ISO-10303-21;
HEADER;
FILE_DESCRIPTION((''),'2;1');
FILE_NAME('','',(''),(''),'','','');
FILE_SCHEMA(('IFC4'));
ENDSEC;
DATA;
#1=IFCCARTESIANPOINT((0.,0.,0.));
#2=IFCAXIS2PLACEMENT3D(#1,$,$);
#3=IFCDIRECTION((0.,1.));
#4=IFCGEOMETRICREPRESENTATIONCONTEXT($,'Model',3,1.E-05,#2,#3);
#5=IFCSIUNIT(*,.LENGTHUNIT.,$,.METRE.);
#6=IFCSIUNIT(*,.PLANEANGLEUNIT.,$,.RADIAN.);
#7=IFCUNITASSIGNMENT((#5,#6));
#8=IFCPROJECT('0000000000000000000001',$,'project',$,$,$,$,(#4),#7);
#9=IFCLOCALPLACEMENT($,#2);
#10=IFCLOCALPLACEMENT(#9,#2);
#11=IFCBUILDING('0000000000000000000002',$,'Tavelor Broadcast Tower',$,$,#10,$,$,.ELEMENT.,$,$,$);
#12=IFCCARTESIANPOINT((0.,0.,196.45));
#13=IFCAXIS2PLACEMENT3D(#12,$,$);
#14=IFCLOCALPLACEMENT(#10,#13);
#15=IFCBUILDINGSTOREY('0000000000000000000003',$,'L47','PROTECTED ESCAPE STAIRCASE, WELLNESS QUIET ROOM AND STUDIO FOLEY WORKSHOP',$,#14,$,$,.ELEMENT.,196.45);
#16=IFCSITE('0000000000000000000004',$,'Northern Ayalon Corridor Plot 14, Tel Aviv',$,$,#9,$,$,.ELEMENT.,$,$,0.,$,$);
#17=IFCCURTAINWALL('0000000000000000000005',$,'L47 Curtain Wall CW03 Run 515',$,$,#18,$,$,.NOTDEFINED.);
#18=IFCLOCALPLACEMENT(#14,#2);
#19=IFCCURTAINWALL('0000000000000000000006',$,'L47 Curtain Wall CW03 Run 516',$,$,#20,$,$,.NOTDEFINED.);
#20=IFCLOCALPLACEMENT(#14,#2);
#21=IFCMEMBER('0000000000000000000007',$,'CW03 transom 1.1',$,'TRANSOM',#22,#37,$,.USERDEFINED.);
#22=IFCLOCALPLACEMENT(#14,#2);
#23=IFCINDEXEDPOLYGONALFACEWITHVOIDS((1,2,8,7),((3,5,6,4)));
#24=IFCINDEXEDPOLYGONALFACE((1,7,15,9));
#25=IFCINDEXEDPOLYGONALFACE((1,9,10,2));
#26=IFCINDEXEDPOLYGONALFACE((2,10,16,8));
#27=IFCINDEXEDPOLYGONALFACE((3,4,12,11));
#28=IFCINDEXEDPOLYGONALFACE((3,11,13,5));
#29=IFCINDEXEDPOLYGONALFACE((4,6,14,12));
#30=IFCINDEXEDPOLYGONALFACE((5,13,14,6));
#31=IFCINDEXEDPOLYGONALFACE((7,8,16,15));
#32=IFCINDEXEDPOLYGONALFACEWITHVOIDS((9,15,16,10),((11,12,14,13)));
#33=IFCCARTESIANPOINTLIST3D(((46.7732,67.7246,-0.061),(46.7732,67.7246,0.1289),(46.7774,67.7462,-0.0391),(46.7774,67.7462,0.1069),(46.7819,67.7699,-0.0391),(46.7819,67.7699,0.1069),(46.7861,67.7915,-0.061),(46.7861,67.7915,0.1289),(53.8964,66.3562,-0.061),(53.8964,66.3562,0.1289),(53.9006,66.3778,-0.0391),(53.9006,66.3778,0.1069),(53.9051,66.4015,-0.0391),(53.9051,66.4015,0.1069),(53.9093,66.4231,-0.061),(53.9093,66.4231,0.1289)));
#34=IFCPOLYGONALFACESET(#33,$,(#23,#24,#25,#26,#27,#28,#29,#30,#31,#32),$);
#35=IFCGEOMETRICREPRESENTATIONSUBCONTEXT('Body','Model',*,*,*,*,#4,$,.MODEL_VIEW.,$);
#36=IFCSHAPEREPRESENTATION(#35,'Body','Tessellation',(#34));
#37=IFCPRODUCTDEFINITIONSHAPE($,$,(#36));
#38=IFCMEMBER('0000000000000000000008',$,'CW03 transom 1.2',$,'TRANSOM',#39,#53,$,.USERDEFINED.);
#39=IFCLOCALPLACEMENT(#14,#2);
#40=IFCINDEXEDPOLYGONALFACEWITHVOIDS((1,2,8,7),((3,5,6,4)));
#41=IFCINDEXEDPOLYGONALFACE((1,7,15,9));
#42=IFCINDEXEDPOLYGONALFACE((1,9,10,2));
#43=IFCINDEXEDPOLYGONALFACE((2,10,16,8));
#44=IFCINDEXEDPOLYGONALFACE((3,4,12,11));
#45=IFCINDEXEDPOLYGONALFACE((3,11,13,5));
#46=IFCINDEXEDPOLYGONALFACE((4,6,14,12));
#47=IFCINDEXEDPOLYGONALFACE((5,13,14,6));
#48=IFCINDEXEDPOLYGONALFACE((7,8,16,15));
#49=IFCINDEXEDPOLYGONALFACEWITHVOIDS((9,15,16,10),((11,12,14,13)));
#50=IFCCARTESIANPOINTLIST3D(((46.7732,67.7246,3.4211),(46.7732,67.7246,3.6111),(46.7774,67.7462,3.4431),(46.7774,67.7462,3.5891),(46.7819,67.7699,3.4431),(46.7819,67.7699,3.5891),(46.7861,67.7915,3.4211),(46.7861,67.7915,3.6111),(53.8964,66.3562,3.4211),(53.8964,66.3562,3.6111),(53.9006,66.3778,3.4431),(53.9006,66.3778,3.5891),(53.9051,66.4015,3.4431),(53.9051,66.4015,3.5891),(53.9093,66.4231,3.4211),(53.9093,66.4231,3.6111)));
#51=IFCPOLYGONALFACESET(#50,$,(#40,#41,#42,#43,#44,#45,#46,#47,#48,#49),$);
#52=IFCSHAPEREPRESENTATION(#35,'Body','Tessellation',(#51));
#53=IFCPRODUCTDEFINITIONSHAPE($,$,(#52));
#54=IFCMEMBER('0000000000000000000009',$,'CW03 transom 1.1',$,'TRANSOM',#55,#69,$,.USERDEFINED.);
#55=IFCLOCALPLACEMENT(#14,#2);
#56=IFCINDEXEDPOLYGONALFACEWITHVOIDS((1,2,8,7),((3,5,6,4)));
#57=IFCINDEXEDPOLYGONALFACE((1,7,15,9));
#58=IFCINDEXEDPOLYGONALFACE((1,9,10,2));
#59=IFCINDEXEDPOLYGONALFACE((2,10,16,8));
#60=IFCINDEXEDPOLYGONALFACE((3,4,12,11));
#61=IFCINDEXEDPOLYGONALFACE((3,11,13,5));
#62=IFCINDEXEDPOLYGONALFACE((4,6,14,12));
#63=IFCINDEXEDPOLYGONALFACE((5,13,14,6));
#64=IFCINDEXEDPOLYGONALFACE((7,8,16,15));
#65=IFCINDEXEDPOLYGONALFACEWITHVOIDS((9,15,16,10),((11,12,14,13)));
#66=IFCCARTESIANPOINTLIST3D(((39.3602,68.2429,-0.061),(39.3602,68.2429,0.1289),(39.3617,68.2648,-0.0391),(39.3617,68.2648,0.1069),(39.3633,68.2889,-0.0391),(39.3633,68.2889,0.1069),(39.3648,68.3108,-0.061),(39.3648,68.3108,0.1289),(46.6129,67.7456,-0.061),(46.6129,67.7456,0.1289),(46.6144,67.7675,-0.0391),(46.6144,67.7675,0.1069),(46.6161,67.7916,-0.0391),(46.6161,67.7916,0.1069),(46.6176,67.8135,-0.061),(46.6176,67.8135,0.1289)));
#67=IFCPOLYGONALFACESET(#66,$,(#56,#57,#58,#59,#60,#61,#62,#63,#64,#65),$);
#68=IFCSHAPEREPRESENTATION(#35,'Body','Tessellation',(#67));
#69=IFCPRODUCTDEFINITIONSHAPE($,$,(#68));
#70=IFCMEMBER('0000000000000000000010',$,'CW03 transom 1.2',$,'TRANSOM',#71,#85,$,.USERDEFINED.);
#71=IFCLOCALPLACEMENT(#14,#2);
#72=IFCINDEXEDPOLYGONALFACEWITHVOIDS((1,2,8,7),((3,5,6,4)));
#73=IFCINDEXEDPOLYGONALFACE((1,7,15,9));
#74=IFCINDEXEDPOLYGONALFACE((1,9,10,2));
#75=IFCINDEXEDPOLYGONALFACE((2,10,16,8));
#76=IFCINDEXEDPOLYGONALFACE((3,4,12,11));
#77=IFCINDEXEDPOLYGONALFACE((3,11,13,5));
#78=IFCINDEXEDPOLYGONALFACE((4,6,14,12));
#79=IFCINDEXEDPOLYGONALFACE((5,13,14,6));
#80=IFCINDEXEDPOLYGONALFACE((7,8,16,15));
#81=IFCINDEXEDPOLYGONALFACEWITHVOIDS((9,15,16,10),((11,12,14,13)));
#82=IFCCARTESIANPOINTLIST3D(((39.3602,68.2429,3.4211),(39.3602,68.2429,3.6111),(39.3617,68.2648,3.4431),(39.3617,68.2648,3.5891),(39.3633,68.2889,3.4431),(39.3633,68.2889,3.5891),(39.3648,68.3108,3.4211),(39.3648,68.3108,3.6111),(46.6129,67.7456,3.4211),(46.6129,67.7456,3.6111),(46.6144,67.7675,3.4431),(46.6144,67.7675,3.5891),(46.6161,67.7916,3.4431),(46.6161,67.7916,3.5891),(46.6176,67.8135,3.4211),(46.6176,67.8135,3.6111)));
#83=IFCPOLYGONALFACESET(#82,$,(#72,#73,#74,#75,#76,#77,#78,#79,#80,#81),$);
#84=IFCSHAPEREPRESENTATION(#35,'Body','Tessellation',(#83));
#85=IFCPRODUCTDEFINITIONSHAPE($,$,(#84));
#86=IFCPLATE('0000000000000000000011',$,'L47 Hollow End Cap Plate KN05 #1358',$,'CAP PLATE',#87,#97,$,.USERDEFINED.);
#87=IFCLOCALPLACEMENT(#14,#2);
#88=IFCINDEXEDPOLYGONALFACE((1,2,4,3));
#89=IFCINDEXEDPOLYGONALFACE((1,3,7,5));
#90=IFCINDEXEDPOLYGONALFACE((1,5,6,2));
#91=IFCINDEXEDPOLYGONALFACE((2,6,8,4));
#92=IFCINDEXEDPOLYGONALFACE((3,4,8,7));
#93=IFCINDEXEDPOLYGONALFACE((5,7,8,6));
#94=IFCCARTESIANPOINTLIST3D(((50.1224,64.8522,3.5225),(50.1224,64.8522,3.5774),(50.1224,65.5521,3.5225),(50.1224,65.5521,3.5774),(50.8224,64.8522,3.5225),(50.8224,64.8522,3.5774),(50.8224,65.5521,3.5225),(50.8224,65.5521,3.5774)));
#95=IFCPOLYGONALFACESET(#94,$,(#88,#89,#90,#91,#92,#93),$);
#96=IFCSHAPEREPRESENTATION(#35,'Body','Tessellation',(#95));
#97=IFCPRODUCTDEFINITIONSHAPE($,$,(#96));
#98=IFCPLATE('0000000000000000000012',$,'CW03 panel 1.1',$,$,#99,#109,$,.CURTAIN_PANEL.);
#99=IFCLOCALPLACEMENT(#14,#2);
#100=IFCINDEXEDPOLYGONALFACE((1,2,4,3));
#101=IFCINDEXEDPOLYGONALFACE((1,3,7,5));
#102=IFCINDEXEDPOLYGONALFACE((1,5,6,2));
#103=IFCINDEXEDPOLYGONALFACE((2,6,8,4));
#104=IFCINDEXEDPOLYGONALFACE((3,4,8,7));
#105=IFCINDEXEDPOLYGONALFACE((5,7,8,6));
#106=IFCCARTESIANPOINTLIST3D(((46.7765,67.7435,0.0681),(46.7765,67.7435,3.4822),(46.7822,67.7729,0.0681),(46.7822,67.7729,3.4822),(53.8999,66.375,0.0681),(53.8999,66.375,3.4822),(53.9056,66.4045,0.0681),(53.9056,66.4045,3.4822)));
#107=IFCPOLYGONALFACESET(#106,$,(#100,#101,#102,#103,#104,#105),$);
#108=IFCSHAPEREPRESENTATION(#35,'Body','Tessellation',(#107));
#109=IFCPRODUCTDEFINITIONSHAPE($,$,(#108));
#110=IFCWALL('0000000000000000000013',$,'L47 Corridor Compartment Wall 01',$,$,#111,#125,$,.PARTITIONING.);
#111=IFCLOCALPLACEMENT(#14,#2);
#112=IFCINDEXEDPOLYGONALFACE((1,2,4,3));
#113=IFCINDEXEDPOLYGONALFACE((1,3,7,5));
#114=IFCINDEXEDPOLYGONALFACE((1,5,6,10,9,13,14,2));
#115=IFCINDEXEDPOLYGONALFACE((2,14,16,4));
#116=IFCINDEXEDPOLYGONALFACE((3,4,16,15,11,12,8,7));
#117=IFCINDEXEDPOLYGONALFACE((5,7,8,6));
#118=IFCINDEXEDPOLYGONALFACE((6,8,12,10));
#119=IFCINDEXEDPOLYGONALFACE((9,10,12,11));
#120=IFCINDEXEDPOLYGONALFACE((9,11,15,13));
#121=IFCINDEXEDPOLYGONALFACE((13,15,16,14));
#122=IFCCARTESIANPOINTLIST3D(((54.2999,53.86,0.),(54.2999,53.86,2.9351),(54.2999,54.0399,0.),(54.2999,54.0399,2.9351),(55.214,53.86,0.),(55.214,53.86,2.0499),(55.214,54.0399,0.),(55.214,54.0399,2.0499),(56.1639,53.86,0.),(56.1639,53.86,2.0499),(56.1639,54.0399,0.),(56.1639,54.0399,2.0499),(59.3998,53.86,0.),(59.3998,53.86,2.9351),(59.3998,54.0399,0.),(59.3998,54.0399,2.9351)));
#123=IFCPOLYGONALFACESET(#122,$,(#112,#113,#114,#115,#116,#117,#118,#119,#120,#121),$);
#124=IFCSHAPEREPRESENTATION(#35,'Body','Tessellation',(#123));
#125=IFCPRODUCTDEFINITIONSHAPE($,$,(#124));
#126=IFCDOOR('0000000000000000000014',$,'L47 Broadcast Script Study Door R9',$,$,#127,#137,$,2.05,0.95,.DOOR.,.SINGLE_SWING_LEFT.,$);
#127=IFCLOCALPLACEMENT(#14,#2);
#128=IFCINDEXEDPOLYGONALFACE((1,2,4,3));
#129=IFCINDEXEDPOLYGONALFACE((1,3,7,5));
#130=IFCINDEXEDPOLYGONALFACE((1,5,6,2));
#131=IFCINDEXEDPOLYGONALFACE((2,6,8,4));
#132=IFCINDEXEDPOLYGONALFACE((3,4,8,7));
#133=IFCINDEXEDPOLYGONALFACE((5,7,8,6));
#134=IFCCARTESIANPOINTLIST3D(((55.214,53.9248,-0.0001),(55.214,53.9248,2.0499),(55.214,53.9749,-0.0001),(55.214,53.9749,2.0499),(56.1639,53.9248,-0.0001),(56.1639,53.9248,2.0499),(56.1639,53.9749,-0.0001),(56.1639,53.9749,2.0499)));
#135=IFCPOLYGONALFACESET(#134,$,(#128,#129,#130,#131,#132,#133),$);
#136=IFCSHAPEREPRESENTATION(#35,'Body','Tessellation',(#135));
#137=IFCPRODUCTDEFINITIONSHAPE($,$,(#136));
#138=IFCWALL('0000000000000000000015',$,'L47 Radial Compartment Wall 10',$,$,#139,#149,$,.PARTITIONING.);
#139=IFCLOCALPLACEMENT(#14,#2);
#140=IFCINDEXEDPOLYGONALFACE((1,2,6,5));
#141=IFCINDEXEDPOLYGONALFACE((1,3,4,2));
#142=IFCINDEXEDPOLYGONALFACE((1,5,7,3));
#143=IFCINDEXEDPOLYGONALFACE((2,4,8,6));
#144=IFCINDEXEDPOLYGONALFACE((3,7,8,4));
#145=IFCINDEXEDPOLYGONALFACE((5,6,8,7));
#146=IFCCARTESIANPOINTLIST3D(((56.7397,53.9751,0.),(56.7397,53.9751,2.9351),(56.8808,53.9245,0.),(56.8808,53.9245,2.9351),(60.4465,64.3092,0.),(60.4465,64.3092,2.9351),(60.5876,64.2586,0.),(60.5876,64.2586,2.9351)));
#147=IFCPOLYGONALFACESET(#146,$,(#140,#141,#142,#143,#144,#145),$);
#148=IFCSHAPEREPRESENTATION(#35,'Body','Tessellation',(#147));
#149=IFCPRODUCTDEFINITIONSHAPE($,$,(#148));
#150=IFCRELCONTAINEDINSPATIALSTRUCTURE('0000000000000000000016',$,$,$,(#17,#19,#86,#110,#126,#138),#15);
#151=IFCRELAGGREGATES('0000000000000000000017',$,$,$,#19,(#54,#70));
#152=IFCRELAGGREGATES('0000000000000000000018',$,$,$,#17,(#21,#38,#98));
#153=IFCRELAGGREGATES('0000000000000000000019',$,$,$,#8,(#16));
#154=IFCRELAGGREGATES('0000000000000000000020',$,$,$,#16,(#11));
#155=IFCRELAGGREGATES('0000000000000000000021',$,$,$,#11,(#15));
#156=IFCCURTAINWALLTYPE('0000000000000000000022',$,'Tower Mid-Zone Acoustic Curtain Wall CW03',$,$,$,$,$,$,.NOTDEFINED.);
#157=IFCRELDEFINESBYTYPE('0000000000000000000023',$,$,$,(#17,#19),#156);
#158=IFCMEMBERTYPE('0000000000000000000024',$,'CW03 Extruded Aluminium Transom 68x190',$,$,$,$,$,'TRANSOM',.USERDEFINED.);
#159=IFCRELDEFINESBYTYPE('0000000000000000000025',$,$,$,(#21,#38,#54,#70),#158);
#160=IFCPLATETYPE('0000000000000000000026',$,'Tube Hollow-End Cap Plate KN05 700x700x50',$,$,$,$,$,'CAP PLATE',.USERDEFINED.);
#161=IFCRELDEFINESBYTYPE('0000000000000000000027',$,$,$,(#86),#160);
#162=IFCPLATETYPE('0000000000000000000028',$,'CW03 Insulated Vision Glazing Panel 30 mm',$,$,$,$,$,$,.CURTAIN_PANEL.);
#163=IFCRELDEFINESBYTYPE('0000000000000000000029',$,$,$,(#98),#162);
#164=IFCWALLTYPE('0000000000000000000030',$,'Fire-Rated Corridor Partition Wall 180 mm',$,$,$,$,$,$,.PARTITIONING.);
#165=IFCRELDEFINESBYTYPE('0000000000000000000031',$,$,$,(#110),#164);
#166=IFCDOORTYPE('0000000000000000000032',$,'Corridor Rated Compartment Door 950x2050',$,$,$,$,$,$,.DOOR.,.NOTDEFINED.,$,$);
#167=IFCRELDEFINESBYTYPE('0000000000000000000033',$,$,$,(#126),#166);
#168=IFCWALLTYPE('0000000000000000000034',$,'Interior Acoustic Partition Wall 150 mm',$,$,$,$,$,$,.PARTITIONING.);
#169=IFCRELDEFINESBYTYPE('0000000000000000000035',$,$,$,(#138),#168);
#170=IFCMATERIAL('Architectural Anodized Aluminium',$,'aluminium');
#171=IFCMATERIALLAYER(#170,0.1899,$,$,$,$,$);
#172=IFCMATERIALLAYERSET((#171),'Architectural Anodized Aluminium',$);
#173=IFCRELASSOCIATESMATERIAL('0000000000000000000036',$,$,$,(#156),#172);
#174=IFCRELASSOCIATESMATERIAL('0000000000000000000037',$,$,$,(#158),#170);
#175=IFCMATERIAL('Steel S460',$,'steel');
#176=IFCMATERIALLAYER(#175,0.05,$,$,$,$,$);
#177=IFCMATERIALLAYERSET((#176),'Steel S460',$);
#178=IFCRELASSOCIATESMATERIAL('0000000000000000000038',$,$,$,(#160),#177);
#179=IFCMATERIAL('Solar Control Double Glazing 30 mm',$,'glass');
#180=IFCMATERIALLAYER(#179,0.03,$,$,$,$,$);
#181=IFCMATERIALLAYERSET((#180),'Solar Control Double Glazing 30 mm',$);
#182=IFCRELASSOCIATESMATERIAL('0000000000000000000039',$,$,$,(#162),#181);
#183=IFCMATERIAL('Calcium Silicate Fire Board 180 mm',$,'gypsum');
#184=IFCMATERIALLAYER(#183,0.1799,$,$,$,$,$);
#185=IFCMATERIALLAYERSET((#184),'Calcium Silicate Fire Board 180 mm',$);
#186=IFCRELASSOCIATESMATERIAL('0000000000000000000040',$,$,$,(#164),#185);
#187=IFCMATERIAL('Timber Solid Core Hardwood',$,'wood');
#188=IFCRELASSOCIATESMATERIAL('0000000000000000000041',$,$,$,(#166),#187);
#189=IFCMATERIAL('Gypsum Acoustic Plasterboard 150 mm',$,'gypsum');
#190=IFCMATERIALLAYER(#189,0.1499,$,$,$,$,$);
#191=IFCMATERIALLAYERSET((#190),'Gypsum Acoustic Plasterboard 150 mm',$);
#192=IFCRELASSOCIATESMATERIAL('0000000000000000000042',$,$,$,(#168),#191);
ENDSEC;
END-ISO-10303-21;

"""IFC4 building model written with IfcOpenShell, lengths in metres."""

from ifc_helpers import new_model, si_unit, direction, frame, frame_2d, origin, origin_2d, place, context, subcontext, project, spatial, rectangle, hollow_rectangle, extrude, source, transform, mapped, material, layer, layer_set, material_profile, profile_set, type_object, type_shapes, element, fill, aggregate, save


model = new_model("IFC4")

# Units and contexts
model_context = context("Model", 3, precision=1e-05, world=origin(), true_north=direction((0.0, 1.0)))
body_context = subcontext(model_context, "Body", "Model", "MODEL_VIEW")
ifc_project = project(units=[si_unit("LENGTHUNIT", "METRE"), si_unit("PLANEANGLEUNIT", "RADIAN")], contexts=[model_context])

# Site, building, storey
site_placement = place(None, origin())
site = spatial("IfcSite", under=ifc_project, at=site_placement, Name="Northern Ayalon Corridor Plot 14, Tel Aviv", CompositionType="ELEMENT", RefElevation=0.0)
building_placement = place(site_placement, origin())
building = spatial("IfcBuilding", under=site, at=building_placement, Name="Tavelor Broadcast Tower", CompositionType="ELEMENT")
storey_placement = place(building_placement, frame((0.0, 0.0, 196.45)))
storey = spatial("IfcBuildingStorey", under=building, at=storey_placement, Name="L47", Description="PROTECTED ESCAPE STAIRCASE, WELLNESS QUIET ROOM AND STUDIO FOLEY WORKSHOP", CompositionType="ELEMENT", Elevation=196.45)

# Shared definitions
ifc_material_1 = material(Name="Steel S460", Category="steel")

# Shared definitions
ifc_material_2 = material(Name="Architectural Anodized Aluminium", Category="aluminium")
ifc_layer_1 = layer(ifc_material_2, 0.1899)
ifc_layer_set_1 = layer_set([ifc_layer_1], Name="Architectural Anodized Aluminium")
curtain_wall_type = type_object("IfcCurtainWallType", Name="Tower Mid-Zone Acoustic Curtain Wall CW03", PredefinedType="NOTDEFINED", material=ifc_layer_set_1)

# Curtain wall
curtain_wall_1_placement = place(storey_placement, origin())
curtain_wall_1 = element("IfcCurtainWall", 1, at=curtain_wall_1_placement, inside=storey, type_object=curtain_wall_type, Name="L47 Curtain Wall CW03 Run 515", PredefinedType="NOTDEFINED")

# Curtain wall
curtain_wall_2_placement = place(storey_placement, origin())
curtain_wall_2 = element("IfcCurtainWall", 2, at=curtain_wall_2_placement, inside=storey, type_object=curtain_wall_type, Name="L47 Curtain Wall CW03 Run 516", PredefinedType="NOTDEFINED")

# Members
ifc_material_profile_1 = material_profile(ifc_material_2, hollow_rectangle(XDim=0.0681, YDim=0.1899, WallThickness=0.022, at=origin_2d()), Name="RHS 68x190x22")
ifc_profile_set_1 = profile_set([ifc_material_profile_1], Name="Architectural Anodized Aluminium")
member_type_1 = type_object("IfcMemberType", Name="CW03 Extruded Aluminium Transom 68x190", ElementType="TRANSOM", PredefinedType="USERDEFINED", material=ifc_profile_set_1)
shared_shape_1 = source(origin(), body_context, "Body", "SweptSolid", [
    extrude(hollow_rectangle(XDim=0.0681, YDim=0.1899, WallThickness=0.022, at=origin_2d()), origin(), (0.0, 0.0, 1.0), 7.2534),
])
member_1_placement = place(storey_placement, frame((53.9028, 66.3896, 0.0339), z_axis=(-0.982044, 0.188654, 0.0), x_axis=(-0.188654, -0.982044, 0.0)))
member_1 = element("IfcMember", 3, at=member_1_placement, type_object=member_type_1, Name="CW03 transom 1.1", ObjectType="TRANSOM", PredefinedType="USERDEFINED", context=body_context, shape_type="MappedRepresentation", body=[
    mapped(shared_shape_1, transform((0.0, 0.0, 0.0), scale=1.0)),
])
member_2_placement = place(storey_placement, frame((53.9028, 66.3896, 3.5161), z_axis=(-0.982044, 0.188654, 0.0), x_axis=(-0.188654, -0.982044, 0.0)))
member_2 = element("IfcMember", 4, at=member_2_placement, type_object=member_type_1, Name="CW03 transom 1.2", ObjectType="TRANSOM", PredefinedType="USERDEFINED", context=body_context, shape_type="MappedRepresentation", body=[
    mapped(shared_shape_1, transform((0.0, 0.0, 0.0), scale=1.0)),
])
shared_shape_2 = source(origin(), body_context, "Body", "SweptSolid", [
    extrude(hollow_rectangle(XDim=0.0681, YDim=0.1899, WallThickness=0.022, at=origin_2d()), origin(), (0.0, 0.0, 1.0), 7.2698),
])
type_shapes(member_type_1, [shared_shape_1, shared_shape_2])
member_3_placement = place(storey_placement, frame((46.6152, 67.7795, 0.0339), z_axis=(-0.997657, 0.068409, 0.0), x_axis=(-0.068409, -0.997657, 0.0)))
member_3 = element("IfcMember", 5, at=member_3_placement, type_object=member_type_1, Name="CW03 transom 1.1", ObjectType="TRANSOM", PredefinedType="USERDEFINED", context=body_context, shape_type="MappedRepresentation", body=[
    mapped(shared_shape_2, transform((0.0, 0.0, 0.0), scale=1.0)),
])
member_4_placement = place(storey_placement, frame((46.6152, 67.7795, 3.5161), z_axis=(-0.997657, 0.068409, 0.0), x_axis=(-0.068409, -0.997657, 0.0)))
member_4 = element("IfcMember", 6, at=member_4_placement, type_object=member_type_1, Name="CW03 transom 1.2", ObjectType="TRANSOM", PredefinedType="USERDEFINED", context=body_context, shape_type="MappedRepresentation", body=[
    mapped(shared_shape_2, transform((0.0, 0.0, 0.0), scale=1.0)),
])
aggregate(curtain_wall_2, [member_3, member_4])

# Plates
ifc_layer_2 = layer(ifc_material_1, 0.05)
ifc_layer_set_2 = layer_set([ifc_layer_2], Name="Steel S460")
plate_type_1 = type_object("IfcPlateType", Name="Tube Hollow-End Cap Plate KN05 700x700x50", ElementType="CAP PLATE", PredefinedType="USERDEFINED", material=ifc_layer_set_2)
shared_shape_3 = source(origin(), body_context, "Body", "SweptSolid", [
    extrude(rectangle(XDim=0.7, YDim=0.7, at=origin_2d()), origin(), (0.0, 0.0, 1.0), 0.0549),
])
type_shapes(plate_type_1, [shared_shape_3])
plate_1_placement = place(storey_placement, frame((50.4724, 65.2021, 3.5225), z_axis=(0.0, 0.0, 1.0), x_axis=(1.0, 0.0, 0.0)))
element("IfcPlate", 7, at=plate_1_placement, inside=storey, type_object=plate_type_1, Name="L47 Hollow End Cap Plate KN05 #1358", ObjectType="CAP PLATE", PredefinedType="USERDEFINED", context=body_context, shape_type="MappedRepresentation", body=[
    mapped(shared_shape_3, transform((0.0, 0.0, 0.0), scale=1.0)),
])
ifc_material_3 = material(Name="Solar Control Double Glazing 30 mm", Category="glass")
ifc_layer_3 = layer(ifc_material_3, 0.03)
ifc_layer_set_3 = layer_set([ifc_layer_3], Name="Solar Control Double Glazing 30 mm")
plate_type_2 = type_object("IfcPlateType", Name="CW03 Insulated Vision Glazing Panel 30 mm", PredefinedType="CURTAIN_PANEL", material=ifc_layer_set_3)
shared_shape_4 = source(origin(), body_context, "Body", "SweptSolid", [
    extrude(rectangle(XDim=7.2537, YDim=0.03, at=origin_2d()), origin(), (0.0, 0.0, 1.0), 3.4141),
])
type_shapes(plate_type_2, [shared_shape_4])
plate_2_placement = place(storey_placement, frame((50.3411, 67.074, 0.0681), z_axis=(0.0, 0.0, 1.0), x_axis=(-0.982043, 0.188657, 0.0)))
plate_2 = element("IfcPlate", 8, at=plate_2_placement, type_object=plate_type_2, Name="CW03 panel 1.1", PredefinedType="CURTAIN_PANEL", context=body_context, shape_type="MappedRepresentation", body=[
    mapped(shared_shape_4, transform((0.0, 0.0, 0.0), scale=1.0)),
])
aggregate(curtain_wall_1, [member_1, member_2, plate_2])

# Wall, opening, door
ifc_material_4 = material(Name="Calcium Silicate Fire Board 180 mm", Category="gypsum")
ifc_layer_4 = layer(ifc_material_4, 0.1799)
ifc_layer_set_4 = layer_set([ifc_layer_4], Name="Calcium Silicate Fire Board 180 mm")
wall_type_1 = type_object("IfcWallType", Name="Fire-Rated Corridor Partition Wall 180 mm", PredefinedType="PARTITIONING", material=ifc_layer_set_4)
wall_1_placement = place(storey_placement, frame((54.3, 53.95, 0.0), z_axis=(0.0, 0.0, 1.0), x_axis=(1.0, 0.0, 0.0)))
wall_1 = element("IfcWall", 9, at=wall_1_placement, inside=storey, type_object=wall_type_1, Name="L47 Corridor Compartment Wall 01", PredefinedType="PARTITIONING", context=body_context, shape_type="SweptSolid", body=[
    extrude(rectangle(XDim=5.0999, YDim=0.1799, at=frame_2d((2.5498, 0.0))), origin(), (0.0, 0.0, 1.0), 2.9351),
])
opening_1_placement = place(wall_1_placement, frame((0.9138, 0.0, 0.0)))
opening_1 = element("IfcOpeningElement", 10, at=opening_1_placement, cuts=wall_1, PredefinedType="OPENING", context=body_context, shape_type="SweptSolid", body=[
    extrude(rectangle(XDim=0.95, YDim=2.05, at=frame_2d((0.4751, 1.0249))), frame((0.0, 0.1001, 0.0), z_axis=(0.0, -1.0, 0.0), x_axis=(1.0, 0.0, 0.0)), (0.0, 0.0, 1.0), 0.2),
])
ifc_material_5 = material(Name="Timber Solid Core Hardwood", Category="wood")
door_type = type_object("IfcDoorType", Name="Corridor Rated Compartment Door 950x2050", OperationType="NOTDEFINED", PredefinedType="DOOR", material=ifc_material_5)
door_1_placement = place(opening_1_placement, origin())
door_1 = element("IfcDoor", 11, at=door_1_placement, inside=storey, type_object=door_type, Name="L47 Broadcast Script Study Door R9", OperationType="SINGLE_SWING_LEFT", OverallHeight=2.05, OverallWidth=0.95, PredefinedType="DOOR", context=body_context, shape_type="SweptSolid", body=[
    extrude(rectangle(XDim=0.95, YDim=2.05, at=frame_2d((0.4751, 1.0249))), frame((0.0, 0.0249, 0.0), z_axis=(0.0, -1.0, 0.0), x_axis=(1.0, 0.0, 0.0)), (0.0, 0.0, 1.0), 0.05),
])
fill(opening_1, door_1)

# Wall
ifc_material_6 = material(Name="Gypsum Acoustic Plasterboard 150 mm", Category="gypsum")
ifc_layer_5 = layer(ifc_material_6, 0.1499)
ifc_layer_set_5 = layer_set([ifc_layer_5], Name="Gypsum Acoustic Plasterboard 150 mm")
wall_type_2 = type_object("IfcWallType", Name="Interior Acoustic Partition Wall 150 mm", PredefinedType="PARTITIONING", material=ifc_layer_set_5)
wall_2_placement = place(storey_placement, frame((56.8103, 53.95, 0.0), z_axis=(0.0, 0.0, 1.0), x_axis=(0.337635, 0.941277, 0.0)))
element("IfcWall", 12, at=wall_2_placement, inside=storey, type_object=wall_type_2, Name="L47 Radial Compartment Wall 10", PredefinedType="PARTITIONING", context=body_context, shape_type="SweptSolid", body=[
    extrude(rectangle(XDim=10.9788, YDim=0.1499, at=frame_2d((5.4893, 0.0))), origin(), (0.0, 0.0, 1.0), 2.9351),
])

save(model, "model.ifc")
